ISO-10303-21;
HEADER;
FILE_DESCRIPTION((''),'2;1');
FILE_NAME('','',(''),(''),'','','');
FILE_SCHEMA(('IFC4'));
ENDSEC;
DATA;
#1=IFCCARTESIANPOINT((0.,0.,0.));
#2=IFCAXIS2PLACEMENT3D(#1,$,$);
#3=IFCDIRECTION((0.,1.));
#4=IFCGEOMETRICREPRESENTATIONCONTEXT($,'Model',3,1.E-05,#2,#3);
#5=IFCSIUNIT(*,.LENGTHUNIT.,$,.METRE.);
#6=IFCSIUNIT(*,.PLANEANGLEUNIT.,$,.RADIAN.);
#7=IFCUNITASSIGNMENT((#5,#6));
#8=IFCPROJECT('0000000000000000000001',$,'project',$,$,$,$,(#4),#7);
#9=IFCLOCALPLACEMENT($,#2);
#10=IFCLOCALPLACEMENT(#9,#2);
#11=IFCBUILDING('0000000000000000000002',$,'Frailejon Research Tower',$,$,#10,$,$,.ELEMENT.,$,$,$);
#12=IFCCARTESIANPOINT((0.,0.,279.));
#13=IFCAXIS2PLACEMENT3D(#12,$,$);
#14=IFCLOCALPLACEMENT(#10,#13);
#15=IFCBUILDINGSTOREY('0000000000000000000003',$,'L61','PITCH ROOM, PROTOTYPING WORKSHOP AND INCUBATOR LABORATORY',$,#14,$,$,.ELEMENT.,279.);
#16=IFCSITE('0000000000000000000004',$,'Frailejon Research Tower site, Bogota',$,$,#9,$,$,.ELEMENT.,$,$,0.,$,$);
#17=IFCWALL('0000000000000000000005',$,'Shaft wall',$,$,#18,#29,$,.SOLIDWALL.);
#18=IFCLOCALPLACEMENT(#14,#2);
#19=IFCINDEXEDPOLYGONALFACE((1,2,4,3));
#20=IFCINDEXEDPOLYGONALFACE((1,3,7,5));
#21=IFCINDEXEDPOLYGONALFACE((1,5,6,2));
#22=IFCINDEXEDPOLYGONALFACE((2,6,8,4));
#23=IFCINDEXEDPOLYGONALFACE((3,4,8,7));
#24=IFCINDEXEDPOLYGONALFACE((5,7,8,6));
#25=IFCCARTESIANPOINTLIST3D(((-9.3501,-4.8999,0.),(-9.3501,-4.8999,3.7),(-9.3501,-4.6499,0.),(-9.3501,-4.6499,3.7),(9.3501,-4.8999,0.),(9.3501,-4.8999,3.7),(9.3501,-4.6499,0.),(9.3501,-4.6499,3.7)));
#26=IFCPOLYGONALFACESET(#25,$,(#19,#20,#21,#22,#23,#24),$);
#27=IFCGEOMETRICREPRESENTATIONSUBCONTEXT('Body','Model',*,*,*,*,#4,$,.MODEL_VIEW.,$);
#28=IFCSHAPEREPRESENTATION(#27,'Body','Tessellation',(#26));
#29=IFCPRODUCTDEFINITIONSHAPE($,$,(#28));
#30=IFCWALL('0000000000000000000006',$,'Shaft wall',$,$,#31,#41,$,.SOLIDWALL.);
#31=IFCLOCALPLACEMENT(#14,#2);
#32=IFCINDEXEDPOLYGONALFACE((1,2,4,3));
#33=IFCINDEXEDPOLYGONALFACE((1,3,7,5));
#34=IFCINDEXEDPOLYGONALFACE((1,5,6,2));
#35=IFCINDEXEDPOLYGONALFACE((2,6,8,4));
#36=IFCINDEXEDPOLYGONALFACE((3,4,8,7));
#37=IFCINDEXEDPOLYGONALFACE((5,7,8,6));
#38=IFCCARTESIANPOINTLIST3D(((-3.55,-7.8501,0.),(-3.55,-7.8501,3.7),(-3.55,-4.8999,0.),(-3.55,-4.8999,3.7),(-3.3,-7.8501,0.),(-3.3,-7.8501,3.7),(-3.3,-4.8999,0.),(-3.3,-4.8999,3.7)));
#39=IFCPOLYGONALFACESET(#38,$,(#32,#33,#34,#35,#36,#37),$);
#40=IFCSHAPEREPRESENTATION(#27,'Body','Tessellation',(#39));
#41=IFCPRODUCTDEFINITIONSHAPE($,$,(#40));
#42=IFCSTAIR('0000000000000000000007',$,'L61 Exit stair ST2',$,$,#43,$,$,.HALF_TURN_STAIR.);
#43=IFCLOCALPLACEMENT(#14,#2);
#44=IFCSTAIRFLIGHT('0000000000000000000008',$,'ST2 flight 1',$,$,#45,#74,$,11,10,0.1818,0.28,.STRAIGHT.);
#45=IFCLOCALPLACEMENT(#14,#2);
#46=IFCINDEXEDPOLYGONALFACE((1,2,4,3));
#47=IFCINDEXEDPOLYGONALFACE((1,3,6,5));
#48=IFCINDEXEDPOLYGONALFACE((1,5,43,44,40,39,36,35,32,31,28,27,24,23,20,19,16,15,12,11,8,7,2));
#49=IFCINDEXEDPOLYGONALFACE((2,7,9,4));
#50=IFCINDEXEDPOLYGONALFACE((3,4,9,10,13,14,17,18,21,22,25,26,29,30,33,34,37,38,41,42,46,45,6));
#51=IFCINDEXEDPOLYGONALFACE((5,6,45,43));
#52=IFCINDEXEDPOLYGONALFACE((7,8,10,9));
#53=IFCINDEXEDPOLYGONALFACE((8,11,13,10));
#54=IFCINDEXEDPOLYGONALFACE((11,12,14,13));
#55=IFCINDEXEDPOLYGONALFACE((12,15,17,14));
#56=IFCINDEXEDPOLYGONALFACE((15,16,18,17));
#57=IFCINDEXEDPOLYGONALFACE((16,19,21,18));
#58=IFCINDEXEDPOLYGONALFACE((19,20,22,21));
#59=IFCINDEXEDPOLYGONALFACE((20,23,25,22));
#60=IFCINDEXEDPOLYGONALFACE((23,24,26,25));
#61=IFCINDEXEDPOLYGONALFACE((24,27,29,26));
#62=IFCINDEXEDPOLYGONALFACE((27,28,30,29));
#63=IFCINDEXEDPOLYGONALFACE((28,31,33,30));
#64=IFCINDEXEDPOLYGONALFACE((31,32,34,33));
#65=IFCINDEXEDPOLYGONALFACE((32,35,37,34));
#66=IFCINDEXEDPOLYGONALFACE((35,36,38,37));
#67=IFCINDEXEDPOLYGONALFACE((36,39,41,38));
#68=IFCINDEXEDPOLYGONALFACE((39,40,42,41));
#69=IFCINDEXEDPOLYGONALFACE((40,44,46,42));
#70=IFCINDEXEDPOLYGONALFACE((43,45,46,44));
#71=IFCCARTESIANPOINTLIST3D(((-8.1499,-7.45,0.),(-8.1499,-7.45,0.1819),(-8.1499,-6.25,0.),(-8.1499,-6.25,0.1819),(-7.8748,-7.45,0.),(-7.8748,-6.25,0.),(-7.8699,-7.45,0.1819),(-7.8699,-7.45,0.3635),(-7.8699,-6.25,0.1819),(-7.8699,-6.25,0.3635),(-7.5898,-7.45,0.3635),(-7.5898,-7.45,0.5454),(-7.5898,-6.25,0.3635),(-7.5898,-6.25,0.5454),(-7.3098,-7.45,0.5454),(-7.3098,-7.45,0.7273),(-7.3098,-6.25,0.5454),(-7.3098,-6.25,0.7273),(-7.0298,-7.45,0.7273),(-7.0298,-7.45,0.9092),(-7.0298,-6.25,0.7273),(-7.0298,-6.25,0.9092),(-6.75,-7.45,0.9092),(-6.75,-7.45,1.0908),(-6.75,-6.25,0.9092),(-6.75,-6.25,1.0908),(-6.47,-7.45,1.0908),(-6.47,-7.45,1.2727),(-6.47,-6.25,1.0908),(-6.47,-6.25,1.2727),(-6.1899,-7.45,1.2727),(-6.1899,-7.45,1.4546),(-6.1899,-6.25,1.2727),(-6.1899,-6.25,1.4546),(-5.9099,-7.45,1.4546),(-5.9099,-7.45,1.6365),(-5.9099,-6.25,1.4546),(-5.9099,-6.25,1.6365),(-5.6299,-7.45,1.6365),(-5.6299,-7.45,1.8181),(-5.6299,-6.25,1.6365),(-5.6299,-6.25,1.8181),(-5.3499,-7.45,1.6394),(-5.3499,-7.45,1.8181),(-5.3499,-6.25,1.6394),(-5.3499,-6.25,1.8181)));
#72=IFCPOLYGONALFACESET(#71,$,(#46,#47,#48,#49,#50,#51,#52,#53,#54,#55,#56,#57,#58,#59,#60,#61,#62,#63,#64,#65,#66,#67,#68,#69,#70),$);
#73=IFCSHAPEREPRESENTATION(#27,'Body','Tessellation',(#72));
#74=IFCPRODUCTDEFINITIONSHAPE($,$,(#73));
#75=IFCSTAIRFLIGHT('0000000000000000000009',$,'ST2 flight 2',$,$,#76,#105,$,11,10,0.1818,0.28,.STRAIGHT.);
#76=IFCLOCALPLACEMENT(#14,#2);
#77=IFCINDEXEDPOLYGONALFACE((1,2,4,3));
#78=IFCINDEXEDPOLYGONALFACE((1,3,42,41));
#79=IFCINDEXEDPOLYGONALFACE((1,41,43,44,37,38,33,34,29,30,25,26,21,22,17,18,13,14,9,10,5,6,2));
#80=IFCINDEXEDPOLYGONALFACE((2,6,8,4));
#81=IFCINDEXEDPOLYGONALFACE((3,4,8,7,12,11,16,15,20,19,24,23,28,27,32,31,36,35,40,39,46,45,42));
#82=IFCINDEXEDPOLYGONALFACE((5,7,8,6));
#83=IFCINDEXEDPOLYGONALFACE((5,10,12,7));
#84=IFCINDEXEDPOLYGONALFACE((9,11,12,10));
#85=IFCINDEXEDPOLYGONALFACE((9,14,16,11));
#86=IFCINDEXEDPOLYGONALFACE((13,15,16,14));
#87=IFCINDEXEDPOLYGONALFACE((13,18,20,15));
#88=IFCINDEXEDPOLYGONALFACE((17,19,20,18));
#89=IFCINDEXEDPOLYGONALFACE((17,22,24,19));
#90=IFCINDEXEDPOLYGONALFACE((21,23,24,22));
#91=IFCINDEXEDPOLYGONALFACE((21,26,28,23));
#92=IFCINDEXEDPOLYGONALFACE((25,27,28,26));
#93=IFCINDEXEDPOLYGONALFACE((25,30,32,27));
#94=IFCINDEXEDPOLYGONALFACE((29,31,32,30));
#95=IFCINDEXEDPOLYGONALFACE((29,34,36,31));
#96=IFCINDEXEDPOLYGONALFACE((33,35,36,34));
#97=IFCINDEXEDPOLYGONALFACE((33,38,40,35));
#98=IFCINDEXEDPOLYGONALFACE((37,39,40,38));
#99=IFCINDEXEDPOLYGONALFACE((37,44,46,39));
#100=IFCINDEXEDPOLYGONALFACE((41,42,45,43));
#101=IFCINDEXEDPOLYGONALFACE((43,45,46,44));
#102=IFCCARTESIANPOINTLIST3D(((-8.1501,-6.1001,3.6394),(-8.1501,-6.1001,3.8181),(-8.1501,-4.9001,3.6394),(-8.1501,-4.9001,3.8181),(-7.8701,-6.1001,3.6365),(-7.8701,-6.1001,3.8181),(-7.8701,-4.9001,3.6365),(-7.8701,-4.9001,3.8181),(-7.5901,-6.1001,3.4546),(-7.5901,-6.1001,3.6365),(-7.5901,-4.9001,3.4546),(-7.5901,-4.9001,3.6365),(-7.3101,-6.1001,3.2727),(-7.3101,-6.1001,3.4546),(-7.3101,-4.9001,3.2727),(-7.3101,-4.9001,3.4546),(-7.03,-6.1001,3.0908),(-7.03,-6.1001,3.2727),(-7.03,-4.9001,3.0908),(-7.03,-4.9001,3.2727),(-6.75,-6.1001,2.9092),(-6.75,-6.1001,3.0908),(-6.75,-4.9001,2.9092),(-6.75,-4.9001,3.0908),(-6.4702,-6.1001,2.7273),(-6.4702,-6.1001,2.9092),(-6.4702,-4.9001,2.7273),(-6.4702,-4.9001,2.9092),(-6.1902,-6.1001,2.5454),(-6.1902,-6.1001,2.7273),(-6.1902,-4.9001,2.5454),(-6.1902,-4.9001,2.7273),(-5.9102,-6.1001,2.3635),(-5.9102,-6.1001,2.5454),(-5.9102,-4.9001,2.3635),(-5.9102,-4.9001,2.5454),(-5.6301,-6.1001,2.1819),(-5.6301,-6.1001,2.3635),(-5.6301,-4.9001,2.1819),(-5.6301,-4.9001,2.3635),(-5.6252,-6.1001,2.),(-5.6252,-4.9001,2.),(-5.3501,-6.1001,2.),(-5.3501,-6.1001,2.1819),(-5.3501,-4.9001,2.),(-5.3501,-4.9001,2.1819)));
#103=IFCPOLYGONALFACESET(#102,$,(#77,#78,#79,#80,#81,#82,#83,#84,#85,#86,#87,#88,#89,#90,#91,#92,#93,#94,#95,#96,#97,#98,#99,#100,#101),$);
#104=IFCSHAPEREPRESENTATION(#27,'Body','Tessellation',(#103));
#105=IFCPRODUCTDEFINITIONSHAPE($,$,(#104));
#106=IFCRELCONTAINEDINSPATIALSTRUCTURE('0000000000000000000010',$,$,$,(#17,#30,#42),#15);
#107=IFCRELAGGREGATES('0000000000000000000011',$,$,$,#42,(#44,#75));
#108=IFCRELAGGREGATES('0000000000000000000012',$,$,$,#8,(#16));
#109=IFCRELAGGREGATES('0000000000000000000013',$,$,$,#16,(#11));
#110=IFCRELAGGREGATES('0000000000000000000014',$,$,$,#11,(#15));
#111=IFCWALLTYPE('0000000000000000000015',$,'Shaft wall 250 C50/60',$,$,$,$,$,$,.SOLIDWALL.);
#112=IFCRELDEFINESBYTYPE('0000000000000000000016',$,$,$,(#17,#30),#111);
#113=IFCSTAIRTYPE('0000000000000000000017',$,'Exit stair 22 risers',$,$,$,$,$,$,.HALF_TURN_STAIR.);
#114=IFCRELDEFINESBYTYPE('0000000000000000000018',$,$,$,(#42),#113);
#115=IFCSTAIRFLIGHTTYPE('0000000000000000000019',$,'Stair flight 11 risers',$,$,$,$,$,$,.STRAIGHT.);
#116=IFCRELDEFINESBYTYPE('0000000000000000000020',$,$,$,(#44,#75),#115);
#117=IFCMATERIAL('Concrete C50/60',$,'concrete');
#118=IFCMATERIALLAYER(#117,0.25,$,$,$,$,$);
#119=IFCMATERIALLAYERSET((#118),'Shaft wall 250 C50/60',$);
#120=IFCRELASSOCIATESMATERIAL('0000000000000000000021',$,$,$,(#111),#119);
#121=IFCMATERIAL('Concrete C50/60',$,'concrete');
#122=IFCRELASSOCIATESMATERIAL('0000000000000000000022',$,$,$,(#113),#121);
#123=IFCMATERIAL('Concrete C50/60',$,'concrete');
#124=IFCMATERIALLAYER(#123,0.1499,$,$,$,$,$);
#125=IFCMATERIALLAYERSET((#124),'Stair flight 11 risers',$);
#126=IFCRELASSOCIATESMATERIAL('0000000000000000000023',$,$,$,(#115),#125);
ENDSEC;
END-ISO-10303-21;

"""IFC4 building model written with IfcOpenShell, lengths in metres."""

from ifc_helpers import new_model, si_unit, direction, frame, frame_2d, origin, place, context, subcontext, project, spatial, polyline, rectangle, outline, extrude, material, layer, layer_set, type_object, element, aggregate, save


model = new_model("IFC4")

# Units and contexts
model_context = context("Model", 3, precision=1e-05, world=origin(), true_north=direction((0.0, 1.0)))
body_context = subcontext(model_context, "Body", "Model", "MODEL_VIEW")
ifc_project = project(units=[si_unit("LENGTHUNIT", "METRE"), si_unit("PLANEANGLEUNIT", "RADIAN")], contexts=[model_context])

# Site, building, storey
site_placement = place(None, origin())
site = spatial("IfcSite", under=ifc_project, at=site_placement, Name="Frailejon Research Tower site, Bogota", CompositionType="ELEMENT", RefElevation=0.0)
building_placement = place(site_placement, origin())
building = spatial("IfcBuilding", under=site, at=building_placement, Name="Frailejon Research Tower", CompositionType="ELEMENT")
storey_placement = place(building_placement, frame((0.0, 0.0, 279.0)))
storey = spatial("IfcBuildingStorey", under=building, at=storey_placement, Name="L61", Description="PITCH ROOM, PROTOTYPING WORKSHOP AND INCUBATOR LABORATORY", CompositionType="ELEMENT", Elevation=279.0)

# Shared definitions
ifc_material_1 = material(Name="Concrete C50/60", Category="concrete")
ifc_layer_1 = layer(ifc_material_1, 0.25)
ifc_layer_set_1 = layer_set([ifc_layer_1], Name="Shaft wall 250 C50/60")
wall_type_1 = type_object("IfcWallType", Name="Shaft wall 250 C50/60", PredefinedType="SOLIDWALL", material=ifc_layer_set_1)

# Walls
wall_1_placement = place(storey_placement, frame((-9.3501, -4.7749, 0.0), z_axis=(0.0, 0.0, 1.0), x_axis=(1.0, 0.0, 0.0)))
element("IfcWall", 1, at=wall_1_placement, inside=storey, type_object=wall_type_1, Name="Shaft wall", PredefinedType="SOLIDWALL", context=body_context, shape_type="SweptSolid", body=[
    extrude(rectangle(XDim=18.7002, YDim=0.25, at=frame_2d((9.3501, 0.0))), origin(), (0.0, 0.0, 1.0), 3.7),
])
wall_2_placement = place(storey_placement, frame((-3.425, -7.8501, 0.0), z_axis=(0.0, 0.0, 1.0), x_axis=(0.0, 1.0, 0.0)))
element("IfcWall", 2, at=wall_2_placement, inside=storey, type_object=wall_type_1, Name="Shaft wall", PredefinedType="SOLIDWALL", context=body_context, shape_type="SweptSolid", body=[
    extrude(rectangle(XDim=2.9502, YDim=0.25, at=frame_2d((1.4751, 0.0))), origin(), (0.0, 0.0, 1.0), 3.7),
])

# Stair, stair flights
ifc_material_2 = material(Name="Concrete C50/60", Category="concrete")
stair_type = type_object("IfcStairType", Name="Exit stair 22 risers", PredefinedType="HALF_TURN_STAIR", material=ifc_material_2)
stair_placement = place(storey_placement, origin())
stair = element("IfcStair", 3, at=stair_placement, inside=storey, type_object=stair_type, Name="L61 Exit stair ST2", PredefinedType="HALF_TURN_STAIR")
ifc_material_3 = material(Name="Concrete C50/60", Category="concrete")
ifc_layer_2 = layer(ifc_material_3, 0.1499)
ifc_layer_set_2 = layer_set([ifc_layer_2], Name="Stair flight 11 risers")
stair_flight_type = type_object("IfcStairFlightType", Name="Stair flight 11 risers", PredefinedType="STRAIGHT", material=ifc_layer_set_2)
stair_flight_1_placement = place(storey_placement, frame((-8.1499, -6.8501, 0.0), z_axis=(0.0, 0.0, 1.0), x_axis=(1.0, 0.0, 0.0)))
stair_flight_1 = element("IfcStairFlight", 4, at=stair_flight_1_placement, type_object=stair_flight_type, Name="ST2 flight 1", NumberOfRisers=11, NumberOfTreads=10, PredefinedType="STRAIGHT", RiserHeight=0.1818, TreadLength=0.28, context=body_context, shape_type="SweptSolid", body=[
    extrude(outline(polyline([(0.0, 0.0), (0.0, 0.1819), (0.28, 0.1819), (0.28, 0.3635), (0.5601, 0.3635), (0.5601, 0.5454), (0.8401, 0.5454), (0.8401, 0.7273), (1.1201, 0.7273), (1.1201, 0.9092), (1.3999, 0.9092), (1.3999, 1.0908), (1.6799, 1.0908), (1.6799, 1.2727), (1.96, 1.2727), (1.96, 1.4546), (2.24, 1.4546), (2.24, 1.6365), (2.52, 1.6365), (2.52, 1.8181), (2.8, 1.8181), (2.8, 2.0), (2.8, 1.6394), (0.2751, 0.0), (0.0, 0.0)])), frame((0.0, 0.6001, 0.0), z_axis=(0.0, -1.0, 0.0), x_axis=(1.0, 0.0, 0.0)), (0.0, 0.0, 1.0), 1.2),
])
stair_flight_2_placement = place(storey_placement, frame((-5.3501, -5.5, 2.0), z_axis=(0.0, 0.0, 1.0), x_axis=(-1.0, 0.0, 0.0)))
stair_flight_2 = element("IfcStairFlight", 5, at=stair_flight_2_placement, type_object=stair_flight_type, Name="ST2 flight 2", NumberOfRisers=11, NumberOfTreads=10, PredefinedType="STRAIGHT", RiserHeight=0.1818, TreadLength=0.28, context=body_context, shape_type="SweptSolid", body=[
    extrude(outline(polyline([(0.0, 0.0), (0.0, 0.1819), (0.28, 0.1819), (0.28, 0.3635), (0.5601, 0.3635), (0.5601, 0.5454), (0.8401, 0.5454), (0.8401, 0.7273), (1.1201, 0.7273), (1.1201, 0.9092), (1.3999, 0.9092), (1.3999, 1.0908), (1.6799, 1.0908), (1.6799, 1.2727), (1.96, 1.2727), (1.96, 1.4546), (2.24, 1.4546), (2.24, 1.6365), (2.52, 1.6365), (2.52, 1.8181), (2.8, 1.8181), (2.8, 2.0), (2.8, 1.6394), (0.2751, 0.0), (0.0, 0.0)])), frame((0.0, 0.6001, 0.0), z_axis=(0.0, -1.0, 0.0), x_axis=(1.0, 0.0, 0.0)), (0.0, 0.0, 1.0), 1.2),
])
aggregate(stair, [stair_flight_1, stair_flight_2])

save(model, "model.ifc")
